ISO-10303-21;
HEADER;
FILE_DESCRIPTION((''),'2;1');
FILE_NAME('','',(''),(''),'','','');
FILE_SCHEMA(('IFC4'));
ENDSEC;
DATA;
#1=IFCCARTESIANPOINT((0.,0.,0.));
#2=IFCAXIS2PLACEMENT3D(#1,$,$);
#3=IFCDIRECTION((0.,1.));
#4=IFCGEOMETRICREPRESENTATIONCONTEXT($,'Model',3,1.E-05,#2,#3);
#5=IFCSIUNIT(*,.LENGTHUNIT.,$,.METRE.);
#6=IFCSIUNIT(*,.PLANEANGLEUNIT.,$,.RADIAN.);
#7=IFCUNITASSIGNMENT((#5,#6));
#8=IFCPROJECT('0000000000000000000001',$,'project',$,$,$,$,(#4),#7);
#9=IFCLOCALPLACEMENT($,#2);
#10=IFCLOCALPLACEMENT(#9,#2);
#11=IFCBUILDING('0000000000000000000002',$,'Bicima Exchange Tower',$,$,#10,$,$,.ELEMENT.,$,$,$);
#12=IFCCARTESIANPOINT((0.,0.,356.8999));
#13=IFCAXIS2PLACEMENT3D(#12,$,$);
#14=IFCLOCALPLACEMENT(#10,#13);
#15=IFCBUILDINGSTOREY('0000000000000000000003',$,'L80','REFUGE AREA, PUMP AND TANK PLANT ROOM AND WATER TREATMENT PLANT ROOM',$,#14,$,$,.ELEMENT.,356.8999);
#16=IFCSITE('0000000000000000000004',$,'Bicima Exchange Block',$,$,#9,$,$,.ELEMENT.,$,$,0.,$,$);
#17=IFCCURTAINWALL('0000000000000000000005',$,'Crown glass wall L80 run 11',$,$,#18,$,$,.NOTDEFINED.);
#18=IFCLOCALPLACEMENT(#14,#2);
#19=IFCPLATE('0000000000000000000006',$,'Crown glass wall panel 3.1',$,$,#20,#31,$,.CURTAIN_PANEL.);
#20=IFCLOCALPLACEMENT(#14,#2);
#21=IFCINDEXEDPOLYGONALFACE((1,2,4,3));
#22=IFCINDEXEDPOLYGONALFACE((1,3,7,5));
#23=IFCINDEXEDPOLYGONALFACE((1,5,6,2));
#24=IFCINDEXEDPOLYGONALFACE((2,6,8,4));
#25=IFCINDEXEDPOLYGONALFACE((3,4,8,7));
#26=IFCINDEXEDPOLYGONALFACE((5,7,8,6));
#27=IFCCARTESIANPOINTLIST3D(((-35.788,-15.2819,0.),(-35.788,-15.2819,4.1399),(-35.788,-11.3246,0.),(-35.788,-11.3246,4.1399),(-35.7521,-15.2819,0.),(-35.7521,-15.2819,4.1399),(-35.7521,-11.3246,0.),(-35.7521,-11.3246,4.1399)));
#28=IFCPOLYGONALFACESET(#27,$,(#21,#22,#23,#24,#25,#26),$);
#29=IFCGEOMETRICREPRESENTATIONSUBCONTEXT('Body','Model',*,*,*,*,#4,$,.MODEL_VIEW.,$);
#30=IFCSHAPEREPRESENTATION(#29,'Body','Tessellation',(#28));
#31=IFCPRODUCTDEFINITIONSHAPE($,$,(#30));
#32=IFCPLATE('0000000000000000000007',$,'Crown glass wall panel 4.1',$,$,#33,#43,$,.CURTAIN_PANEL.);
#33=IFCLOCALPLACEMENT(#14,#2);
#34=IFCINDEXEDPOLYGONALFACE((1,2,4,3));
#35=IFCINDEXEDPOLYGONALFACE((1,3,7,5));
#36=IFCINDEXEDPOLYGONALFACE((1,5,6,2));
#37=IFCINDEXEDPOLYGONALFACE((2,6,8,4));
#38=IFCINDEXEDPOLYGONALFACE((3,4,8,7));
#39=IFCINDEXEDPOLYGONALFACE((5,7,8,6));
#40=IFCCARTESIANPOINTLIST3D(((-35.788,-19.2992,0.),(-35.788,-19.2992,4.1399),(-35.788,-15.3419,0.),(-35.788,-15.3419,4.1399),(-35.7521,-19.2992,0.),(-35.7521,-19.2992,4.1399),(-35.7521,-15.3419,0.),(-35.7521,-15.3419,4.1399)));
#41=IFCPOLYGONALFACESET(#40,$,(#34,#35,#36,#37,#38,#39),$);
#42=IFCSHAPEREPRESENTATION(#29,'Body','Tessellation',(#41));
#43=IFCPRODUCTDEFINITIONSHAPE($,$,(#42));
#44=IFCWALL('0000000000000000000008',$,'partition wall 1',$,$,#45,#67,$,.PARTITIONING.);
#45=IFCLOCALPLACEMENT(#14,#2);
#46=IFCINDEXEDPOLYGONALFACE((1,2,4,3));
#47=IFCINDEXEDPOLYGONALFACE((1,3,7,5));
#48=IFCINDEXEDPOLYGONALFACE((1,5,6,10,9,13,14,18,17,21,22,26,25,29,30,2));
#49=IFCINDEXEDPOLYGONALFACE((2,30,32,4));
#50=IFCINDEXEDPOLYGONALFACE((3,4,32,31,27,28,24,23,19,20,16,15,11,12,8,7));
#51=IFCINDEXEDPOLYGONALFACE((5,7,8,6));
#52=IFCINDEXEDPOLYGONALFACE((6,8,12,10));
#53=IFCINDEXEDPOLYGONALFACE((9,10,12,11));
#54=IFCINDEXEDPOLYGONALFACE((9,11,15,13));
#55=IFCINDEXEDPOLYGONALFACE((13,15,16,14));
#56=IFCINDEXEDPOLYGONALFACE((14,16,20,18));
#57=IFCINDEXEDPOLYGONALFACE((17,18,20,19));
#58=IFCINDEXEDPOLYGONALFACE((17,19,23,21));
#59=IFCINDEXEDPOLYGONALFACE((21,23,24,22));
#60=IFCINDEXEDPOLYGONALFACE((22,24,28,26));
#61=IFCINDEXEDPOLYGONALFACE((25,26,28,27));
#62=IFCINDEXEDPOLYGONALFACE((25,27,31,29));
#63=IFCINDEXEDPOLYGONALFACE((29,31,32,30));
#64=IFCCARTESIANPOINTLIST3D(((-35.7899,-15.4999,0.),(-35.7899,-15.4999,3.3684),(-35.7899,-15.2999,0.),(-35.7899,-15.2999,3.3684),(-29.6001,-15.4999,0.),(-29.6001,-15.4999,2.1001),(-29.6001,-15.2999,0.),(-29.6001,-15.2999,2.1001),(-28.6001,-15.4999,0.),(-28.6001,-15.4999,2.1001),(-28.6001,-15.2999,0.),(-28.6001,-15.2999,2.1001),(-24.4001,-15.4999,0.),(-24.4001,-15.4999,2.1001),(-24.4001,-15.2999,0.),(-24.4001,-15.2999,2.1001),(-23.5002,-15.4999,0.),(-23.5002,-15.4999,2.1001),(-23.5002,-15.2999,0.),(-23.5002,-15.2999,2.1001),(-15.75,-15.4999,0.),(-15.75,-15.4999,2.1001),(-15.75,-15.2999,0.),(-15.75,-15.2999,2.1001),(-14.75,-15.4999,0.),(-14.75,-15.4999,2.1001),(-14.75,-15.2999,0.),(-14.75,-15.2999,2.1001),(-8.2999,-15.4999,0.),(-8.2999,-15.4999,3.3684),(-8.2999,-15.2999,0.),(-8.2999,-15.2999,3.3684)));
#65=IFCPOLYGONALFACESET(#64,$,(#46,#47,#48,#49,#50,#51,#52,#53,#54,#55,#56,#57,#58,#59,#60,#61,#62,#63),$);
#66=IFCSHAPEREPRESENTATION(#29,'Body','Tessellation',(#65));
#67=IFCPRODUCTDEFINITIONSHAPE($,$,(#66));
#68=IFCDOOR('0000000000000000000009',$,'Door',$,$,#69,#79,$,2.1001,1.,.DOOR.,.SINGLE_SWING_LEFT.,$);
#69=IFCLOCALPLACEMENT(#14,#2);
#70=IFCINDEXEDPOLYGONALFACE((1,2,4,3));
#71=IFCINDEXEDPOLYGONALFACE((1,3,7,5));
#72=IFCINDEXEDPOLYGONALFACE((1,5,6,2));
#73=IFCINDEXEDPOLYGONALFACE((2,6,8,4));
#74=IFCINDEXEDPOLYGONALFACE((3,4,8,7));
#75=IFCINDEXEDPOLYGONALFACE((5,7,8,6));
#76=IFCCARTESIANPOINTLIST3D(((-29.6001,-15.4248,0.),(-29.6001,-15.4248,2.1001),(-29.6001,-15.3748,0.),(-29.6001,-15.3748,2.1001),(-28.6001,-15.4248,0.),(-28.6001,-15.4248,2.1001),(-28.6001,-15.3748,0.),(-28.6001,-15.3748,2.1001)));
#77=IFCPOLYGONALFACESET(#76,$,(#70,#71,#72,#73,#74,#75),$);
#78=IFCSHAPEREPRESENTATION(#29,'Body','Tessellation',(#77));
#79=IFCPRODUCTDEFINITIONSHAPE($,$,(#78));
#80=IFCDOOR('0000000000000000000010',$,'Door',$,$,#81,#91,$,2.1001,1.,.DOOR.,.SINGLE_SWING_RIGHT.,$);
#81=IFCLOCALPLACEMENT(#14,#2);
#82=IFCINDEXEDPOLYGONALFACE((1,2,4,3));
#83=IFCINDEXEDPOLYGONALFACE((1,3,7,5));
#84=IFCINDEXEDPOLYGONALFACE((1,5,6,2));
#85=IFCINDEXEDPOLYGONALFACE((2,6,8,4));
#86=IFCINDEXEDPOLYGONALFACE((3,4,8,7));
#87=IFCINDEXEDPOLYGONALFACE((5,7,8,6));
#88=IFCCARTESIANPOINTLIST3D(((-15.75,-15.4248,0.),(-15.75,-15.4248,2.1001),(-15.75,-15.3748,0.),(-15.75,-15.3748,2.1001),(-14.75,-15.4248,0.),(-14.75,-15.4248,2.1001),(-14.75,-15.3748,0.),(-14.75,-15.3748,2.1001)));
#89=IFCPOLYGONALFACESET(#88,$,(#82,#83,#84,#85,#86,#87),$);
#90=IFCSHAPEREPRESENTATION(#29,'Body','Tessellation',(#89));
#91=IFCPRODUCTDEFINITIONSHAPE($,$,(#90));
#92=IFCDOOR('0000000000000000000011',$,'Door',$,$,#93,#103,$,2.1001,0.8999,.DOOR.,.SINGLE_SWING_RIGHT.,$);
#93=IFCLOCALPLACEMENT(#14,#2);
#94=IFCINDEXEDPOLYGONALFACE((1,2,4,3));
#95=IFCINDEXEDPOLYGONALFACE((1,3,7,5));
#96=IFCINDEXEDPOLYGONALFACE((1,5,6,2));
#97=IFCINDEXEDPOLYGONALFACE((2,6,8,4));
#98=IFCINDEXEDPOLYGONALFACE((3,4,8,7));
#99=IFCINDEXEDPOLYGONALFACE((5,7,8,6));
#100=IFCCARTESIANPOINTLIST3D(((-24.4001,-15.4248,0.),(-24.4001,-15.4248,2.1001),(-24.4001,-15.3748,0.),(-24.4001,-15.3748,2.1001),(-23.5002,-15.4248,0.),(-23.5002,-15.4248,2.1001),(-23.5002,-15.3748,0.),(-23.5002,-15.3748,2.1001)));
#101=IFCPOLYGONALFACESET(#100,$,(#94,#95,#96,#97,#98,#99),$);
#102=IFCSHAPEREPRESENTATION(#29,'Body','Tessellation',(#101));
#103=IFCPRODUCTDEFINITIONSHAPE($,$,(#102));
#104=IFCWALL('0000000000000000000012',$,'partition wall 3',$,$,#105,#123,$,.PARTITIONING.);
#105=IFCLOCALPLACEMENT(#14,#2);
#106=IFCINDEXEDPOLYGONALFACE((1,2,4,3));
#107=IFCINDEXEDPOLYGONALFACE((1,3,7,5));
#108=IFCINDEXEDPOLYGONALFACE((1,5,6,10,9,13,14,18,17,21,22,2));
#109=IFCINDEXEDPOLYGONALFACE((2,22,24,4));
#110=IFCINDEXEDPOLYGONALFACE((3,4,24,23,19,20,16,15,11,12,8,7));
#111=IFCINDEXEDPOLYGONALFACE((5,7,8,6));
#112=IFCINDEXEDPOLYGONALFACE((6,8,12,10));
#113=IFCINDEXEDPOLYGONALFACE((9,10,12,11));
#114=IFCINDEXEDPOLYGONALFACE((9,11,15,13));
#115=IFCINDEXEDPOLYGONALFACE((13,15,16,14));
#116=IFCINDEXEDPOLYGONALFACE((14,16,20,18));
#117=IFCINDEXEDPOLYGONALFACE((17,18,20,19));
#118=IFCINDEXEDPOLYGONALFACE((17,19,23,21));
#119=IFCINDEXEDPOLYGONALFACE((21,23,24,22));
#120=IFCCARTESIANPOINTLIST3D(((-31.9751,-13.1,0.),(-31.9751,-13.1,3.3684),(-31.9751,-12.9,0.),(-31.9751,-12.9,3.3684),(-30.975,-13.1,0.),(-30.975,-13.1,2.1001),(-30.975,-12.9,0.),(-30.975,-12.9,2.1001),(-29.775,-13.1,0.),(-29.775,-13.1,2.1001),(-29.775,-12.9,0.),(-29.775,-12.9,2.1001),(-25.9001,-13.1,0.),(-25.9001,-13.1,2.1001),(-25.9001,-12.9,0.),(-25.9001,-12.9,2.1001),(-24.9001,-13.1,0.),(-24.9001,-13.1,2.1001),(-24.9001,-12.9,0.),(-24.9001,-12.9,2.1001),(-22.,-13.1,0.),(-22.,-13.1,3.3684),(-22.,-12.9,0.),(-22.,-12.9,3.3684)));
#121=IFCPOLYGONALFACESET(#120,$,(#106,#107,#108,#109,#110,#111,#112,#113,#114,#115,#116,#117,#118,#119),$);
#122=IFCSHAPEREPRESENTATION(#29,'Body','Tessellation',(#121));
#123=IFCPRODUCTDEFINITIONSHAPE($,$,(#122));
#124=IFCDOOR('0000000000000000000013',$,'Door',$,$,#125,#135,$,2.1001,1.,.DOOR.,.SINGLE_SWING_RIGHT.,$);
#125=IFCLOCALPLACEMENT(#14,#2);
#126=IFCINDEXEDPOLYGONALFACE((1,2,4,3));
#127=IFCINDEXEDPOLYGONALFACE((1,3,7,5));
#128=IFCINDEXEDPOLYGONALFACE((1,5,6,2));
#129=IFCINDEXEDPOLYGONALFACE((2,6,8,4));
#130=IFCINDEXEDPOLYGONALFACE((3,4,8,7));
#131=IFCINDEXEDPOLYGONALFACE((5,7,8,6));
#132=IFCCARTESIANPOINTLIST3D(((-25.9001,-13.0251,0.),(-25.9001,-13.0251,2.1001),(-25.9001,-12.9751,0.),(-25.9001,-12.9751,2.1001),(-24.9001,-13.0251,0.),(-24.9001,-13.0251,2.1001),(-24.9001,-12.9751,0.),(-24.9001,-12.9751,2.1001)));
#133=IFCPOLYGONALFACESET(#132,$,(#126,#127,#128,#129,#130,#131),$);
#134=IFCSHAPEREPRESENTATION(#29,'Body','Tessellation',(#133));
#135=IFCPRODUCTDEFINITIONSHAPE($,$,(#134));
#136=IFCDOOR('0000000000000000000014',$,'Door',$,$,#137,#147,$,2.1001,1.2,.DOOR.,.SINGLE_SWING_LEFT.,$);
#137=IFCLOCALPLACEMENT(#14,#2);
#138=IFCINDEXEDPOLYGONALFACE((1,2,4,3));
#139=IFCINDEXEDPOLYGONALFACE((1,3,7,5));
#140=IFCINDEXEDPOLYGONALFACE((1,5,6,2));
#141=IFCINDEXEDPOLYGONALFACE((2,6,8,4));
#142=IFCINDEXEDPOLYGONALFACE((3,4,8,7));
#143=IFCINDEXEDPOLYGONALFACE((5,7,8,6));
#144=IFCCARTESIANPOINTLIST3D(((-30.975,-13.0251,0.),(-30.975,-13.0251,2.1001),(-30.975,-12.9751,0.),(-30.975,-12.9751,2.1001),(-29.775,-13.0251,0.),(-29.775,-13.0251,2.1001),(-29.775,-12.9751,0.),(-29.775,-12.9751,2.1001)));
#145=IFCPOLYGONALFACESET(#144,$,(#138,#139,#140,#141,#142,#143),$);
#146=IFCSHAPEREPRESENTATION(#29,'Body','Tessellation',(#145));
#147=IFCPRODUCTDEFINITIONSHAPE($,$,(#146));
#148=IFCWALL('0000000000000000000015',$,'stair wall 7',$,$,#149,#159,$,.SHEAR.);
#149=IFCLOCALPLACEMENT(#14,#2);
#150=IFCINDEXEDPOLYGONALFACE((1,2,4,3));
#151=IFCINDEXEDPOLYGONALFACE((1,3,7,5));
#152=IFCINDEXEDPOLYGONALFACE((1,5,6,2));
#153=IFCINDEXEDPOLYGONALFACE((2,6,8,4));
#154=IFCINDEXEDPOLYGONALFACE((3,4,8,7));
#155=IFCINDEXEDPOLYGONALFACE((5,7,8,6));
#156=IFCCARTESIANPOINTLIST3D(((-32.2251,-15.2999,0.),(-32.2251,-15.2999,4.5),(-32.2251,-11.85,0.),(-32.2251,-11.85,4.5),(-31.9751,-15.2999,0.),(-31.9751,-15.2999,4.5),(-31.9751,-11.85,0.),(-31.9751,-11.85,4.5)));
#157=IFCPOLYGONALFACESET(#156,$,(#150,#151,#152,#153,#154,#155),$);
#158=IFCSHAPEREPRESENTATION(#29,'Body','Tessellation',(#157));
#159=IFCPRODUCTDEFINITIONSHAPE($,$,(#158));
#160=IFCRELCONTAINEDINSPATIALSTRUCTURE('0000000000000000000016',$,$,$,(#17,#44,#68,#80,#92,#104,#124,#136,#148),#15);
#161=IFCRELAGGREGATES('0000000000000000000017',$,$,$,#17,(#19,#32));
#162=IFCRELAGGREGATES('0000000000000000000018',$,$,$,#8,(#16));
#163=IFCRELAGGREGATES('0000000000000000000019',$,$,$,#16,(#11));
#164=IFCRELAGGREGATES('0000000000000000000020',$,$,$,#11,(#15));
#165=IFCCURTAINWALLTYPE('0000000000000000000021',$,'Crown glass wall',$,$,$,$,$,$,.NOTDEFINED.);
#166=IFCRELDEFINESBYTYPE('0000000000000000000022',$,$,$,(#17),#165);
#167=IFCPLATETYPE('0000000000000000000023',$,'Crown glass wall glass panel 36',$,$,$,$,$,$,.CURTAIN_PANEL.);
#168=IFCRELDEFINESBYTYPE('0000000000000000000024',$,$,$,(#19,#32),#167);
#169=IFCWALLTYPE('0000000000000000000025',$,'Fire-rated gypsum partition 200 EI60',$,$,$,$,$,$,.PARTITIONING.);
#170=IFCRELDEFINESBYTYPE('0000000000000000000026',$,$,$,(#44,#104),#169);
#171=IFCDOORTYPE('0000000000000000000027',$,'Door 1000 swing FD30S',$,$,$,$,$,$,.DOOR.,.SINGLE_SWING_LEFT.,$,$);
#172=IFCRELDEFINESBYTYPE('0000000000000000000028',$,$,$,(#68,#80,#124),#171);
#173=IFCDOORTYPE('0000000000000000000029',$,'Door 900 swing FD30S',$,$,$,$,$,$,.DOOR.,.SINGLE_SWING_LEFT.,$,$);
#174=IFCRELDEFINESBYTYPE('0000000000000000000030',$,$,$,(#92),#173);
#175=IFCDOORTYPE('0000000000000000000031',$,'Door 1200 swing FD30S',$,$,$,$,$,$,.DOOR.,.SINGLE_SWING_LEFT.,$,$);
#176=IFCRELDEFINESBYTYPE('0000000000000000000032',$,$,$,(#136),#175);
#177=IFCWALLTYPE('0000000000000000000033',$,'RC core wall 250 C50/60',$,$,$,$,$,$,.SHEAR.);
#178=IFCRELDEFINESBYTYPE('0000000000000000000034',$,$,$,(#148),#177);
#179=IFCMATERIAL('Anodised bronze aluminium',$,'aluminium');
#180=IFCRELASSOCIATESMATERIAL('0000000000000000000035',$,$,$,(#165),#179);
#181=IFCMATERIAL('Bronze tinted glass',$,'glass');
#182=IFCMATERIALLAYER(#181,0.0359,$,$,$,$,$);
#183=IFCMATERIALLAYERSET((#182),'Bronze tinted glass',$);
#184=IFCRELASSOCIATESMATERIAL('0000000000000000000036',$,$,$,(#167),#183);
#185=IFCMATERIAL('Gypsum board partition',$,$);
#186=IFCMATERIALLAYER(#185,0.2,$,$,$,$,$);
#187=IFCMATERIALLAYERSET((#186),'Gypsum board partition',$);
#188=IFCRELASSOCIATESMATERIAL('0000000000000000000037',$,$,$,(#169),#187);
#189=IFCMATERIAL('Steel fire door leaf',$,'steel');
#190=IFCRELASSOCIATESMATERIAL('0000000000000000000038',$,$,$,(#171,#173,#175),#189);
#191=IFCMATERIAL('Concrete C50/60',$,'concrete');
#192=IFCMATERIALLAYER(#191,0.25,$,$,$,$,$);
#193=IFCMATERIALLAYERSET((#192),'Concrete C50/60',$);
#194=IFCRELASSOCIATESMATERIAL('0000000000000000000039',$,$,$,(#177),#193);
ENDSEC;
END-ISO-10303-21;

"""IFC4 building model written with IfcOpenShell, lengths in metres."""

from ifc_helpers import new_model, si_unit, direction, frame, frame_2d, origin, origin_2d, place, context, subcontext, project, spatial, rectangle, extrude, material, layer, layer_set, type_object, element, fill, aggregate, save


model = new_model("IFC4")

# Units and contexts
model_context = context("Model", 3, precision=1e-05, world=origin(), true_north=direction((0.0, 1.0)))
body_context = subcontext(model_context, "Body", "Model", "MODEL_VIEW")
ifc_project = project(units=[si_unit("LENGTHUNIT", "METRE"), si_unit("PLANEANGLEUNIT", "RADIAN")], contexts=[model_context])

# Site, building, storey
site_placement = place(None, origin())
site = spatial("IfcSite", under=ifc_project, at=site_placement, Name="Bicima Exchange Block", CompositionType="ELEMENT", RefElevation=0.0)
building_placement = place(site_placement, origin())
building = spatial("IfcBuilding", under=site, at=building_placement, Name="Bicima Exchange Tower", CompositionType="ELEMENT")
storey_placement = place(building_placement, frame((0.0, 0.0, 356.8999)))
storey = spatial("IfcBuildingStorey", under=building, at=storey_placement, Name="L80", Description="REFUGE AREA, PUMP AND TANK PLANT ROOM AND WATER TREATMENT PLANT ROOM", CompositionType="ELEMENT", Elevation=356.8999)

# Curtain wall
ifc_material_1 = material(Name="Anodised bronze aluminium", Category="aluminium")
curtain_wall_type = type_object("IfcCurtainWallType", Name="Crown glass wall", PredefinedType="NOTDEFINED", material=ifc_material_1)
curtain_wall_1_placement = place(storey_placement, origin())
curtain_wall_1 = element("IfcCurtainWall", 1, at=curtain_wall_1_placement, inside=storey, type_object=curtain_wall_type, Name="Crown glass wall L80 run 11", PredefinedType="NOTDEFINED")

# Plates
ifc_material_2 = material(Name="Bronze tinted glass", Category="glass")
ifc_layer_1 = layer(ifc_material_2, 0.0359)
ifc_layer_set_1 = layer_set([ifc_layer_1], Name="Bronze tinted glass")
plate_type = type_object("IfcPlateType", Name="Crown glass wall glass panel 36", PredefinedType="CURTAIN_PANEL", material=ifc_layer_set_1)
plate_1_placement = place(storey_placement, frame((-35.77, -13.3032, 0.0), z_axis=(0.0, 0.0, 1.0), x_axis=(0.0, -1.0, 0.0)))
plate_1 = element("IfcPlate", 2, at=plate_1_placement, type_object=plate_type, Name="Crown glass wall panel 3.1", PredefinedType="CURTAIN_PANEL", context=body_context, shape_type="SweptSolid", body=[
    extrude(rectangle(XDim=3.9573, YDim=0.0359, at=origin_2d()), origin(), (0.0, 0.0, 1.0), 4.1399),
])
plate_2_placement = place(storey_placement, frame((-35.77, -17.3206, 0.0), z_axis=(0.0, 0.0, 1.0), x_axis=(0.0, -1.0, 0.0)))
plate_2 = element("IfcPlate", 3, at=plate_2_placement, type_object=plate_type, Name="Crown glass wall panel 4.1", PredefinedType="CURTAIN_PANEL", context=body_context, shape_type="SweptSolid", body=[
    extrude(rectangle(XDim=3.9573, YDim=0.0359, at=origin_2d()), origin(), (0.0, 0.0, 1.0), 4.1399),
])
aggregate(curtain_wall_1, [plate_1, plate_2])

# Walls, openings, doors
ifc_material_3 = material(Name="Gypsum board partition")
ifc_layer_2 = layer(ifc_material_3, 0.2)
ifc_layer_set_2 = layer_set([ifc_layer_2], Name="Gypsum board partition")
wall_type_1 = type_object("IfcWallType", Name="Fire-rated gypsum partition 200 EI60", PredefinedType="PARTITIONING", material=ifc_layer_set_2)
wall_1_placement = place(storey_placement, frame((-35.79, -15.3999, 0.0), z_axis=(0.0, 0.0, 1.0), x_axis=(1.0, 0.0, 0.0)))
wall_1 = element("IfcWall", 4, at=wall_1_placement, inside=storey, type_object=wall_type_1, Name="partition wall 1", PredefinedType="PARTITIONING", context=body_context, shape_type="SweptSolid", body=[
    extrude(rectangle(XDim=27.49, YDim=0.2, at=frame_2d((13.7451, 0.0))), origin(), (0.0, 0.0, 1.0), 3.3684),
])
opening_1_placement = place(wall_1_placement, frame((6.1899, 0.0, 0.0)))
opening_1 = element("IfcOpeningElement", 5, at=opening_1_placement, cuts=wall_1, PredefinedType="OPENING", context=body_context, shape_type="SweptSolid", body=[
    extrude(rectangle(XDim=1.0, YDim=2.1001, at=frame_2d((0.5, 1.05))), frame((0.0, 0.1118, 0.0), z_axis=(0.0, -1.0, 0.0), x_axis=(1.0, 0.0, 0.0)), (0.0, 0.0, 1.0), 0.2239),
])
opening_2_placement = place(wall_1_placement, frame((11.3899, 0.0, 0.0)))
opening_2 = element("IfcOpeningElement", 6, at=opening_2_placement, cuts=wall_1, PredefinedType="OPENING", context=body_context, shape_type="SweptSolid", body=[
    extrude(rectangle(XDim=0.8999, YDim=2.1001, at=frame_2d((0.45, 1.05))), frame((0.0, 0.1118, 0.0), z_axis=(0.0, -1.0, 0.0), x_axis=(1.0, 0.0, 0.0)), (0.0, 0.0, 1.0), 0.2239),
])
opening_3_placement = place(wall_1_placement, frame((20.04, 0.0, 0.0)))
opening_3 = element("IfcOpeningElement", 7, at=opening_3_placement, cuts=wall_1, PredefinedType="OPENING", context=body_context, shape_type="SweptSolid", body=[
    extrude(rectangle(XDim=1.0, YDim=2.1001, at=frame_2d((0.5, 1.05))), frame((0.0, 0.1118, 0.0), z_axis=(0.0, -1.0, 0.0), x_axis=(1.0, 0.0, 0.0)), (0.0, 0.0, 1.0), 0.2239),
])
ifc_material_4 = material(Name="Steel fire door leaf", Category="steel")
door_type_1 = type_object("IfcDoorType", Name="Door 1000 swing FD30S", OperationType="SINGLE_SWING_LEFT", PredefinedType="DOOR", material=ifc_material_4)
door_1_placement = place(opening_1_placement, frame((1.0, 0.0, 0.0), z_axis=(0.0, 0.0, 1.0), x_axis=(-1.0, 0.0, 0.0)))
door_1 = element("IfcDoor", 8, at=door_1_placement, inside=storey, type_object=door_type_1, Name="Door", OperationType="SINGLE_SWING_LEFT", OverallHeight=2.1001, OverallWidth=1.0, PredefinedType="DOOR", context=body_context, shape_type="SweptSolid", body=[
    extrude(rectangle(XDim=1.0, YDim=2.1001, at=frame_2d((0.5, 1.05))), frame((0.0, 0.0249, 0.0), z_axis=(0.0, -1.0, 0.0), x_axis=(1.0, 0.0, 0.0)), (0.0, 0.0, 1.0), 0.05),
])
fill(opening_1, door_1)
door_2_placement = place(opening_3_placement, frame((1.0, 0.0, 0.0), z_axis=(0.0, 0.0, 1.0), x_axis=(-1.0, 0.0, 0.0)))
door_2 = element("IfcDoor", 9, at=door_2_placement, inside=storey, type_object=door_type_1, Name="Door", OperationType="SINGLE_SWING_RIGHT", OverallHeight=2.1001, OverallWidth=1.0, PredefinedType="DOOR", context=body_context, shape_type="SweptSolid", body=[
    extrude(rectangle(XDim=1.0, YDim=2.1001, at=frame_2d((0.5, 1.05))), frame((0.0, 0.0249, 0.0), z_axis=(0.0, -1.0, 0.0), x_axis=(1.0, 0.0, 0.0)), (0.0, 0.0, 1.0), 0.05),
])
fill(opening_3, door_2)
door_type_2 = type_object("IfcDoorType", Name="Door 900 swing FD30S", OperationType="SINGLE_SWING_LEFT", PredefinedType="DOOR", material=ifc_material_4)
door_3_placement = place(opening_2_placement, frame((0.8999, 0.0, 0.0), z_axis=(0.0, 0.0, 1.0), x_axis=(-1.0, 0.0, 0.0)))
door_3 = element("IfcDoor", 10, at=door_3_placement, inside=storey, type_object=door_type_2, Name="Door", OperationType="SINGLE_SWING_RIGHT", OverallHeight=2.1001, OverallWidth=0.8999, PredefinedType="DOOR", context=body_context, shape_type="SweptSolid", body=[
    extrude(rectangle(XDim=0.8999, YDim=2.1001, at=frame_2d((0.45, 1.05))), frame((0.0, 0.0249, 0.0), z_axis=(0.0, -1.0, 0.0), x_axis=(1.0, 0.0, 0.0)), (0.0, 0.0, 1.0), 0.05),
])
fill(opening_2, door_3)
wall_2_placement = place(storey_placement, frame((-31.9751, -13.0, 0.0), z_axis=(0.0, 0.0, 1.0), x_axis=(1.0, 0.0, 0.0)))
wall_2 = element("IfcWall", 11, at=wall_2_placement, inside=storey, type_object=wall_type_1, Name="partition wall 3", PredefinedType="PARTITIONING", context=body_context, shape_type="SweptSolid", body=[
    extrude(rectangle(XDim=9.9751, YDim=0.2, at=frame_2d((4.9875, 0.0))), origin(), (0.0, 0.0, 1.0), 3.3684),
])
opening_4_placement = place(wall_2_placement, frame((1.0, 0.0, 0.0)))
opening_4 = element("IfcOpeningElement", 12, at=opening_4_placement, cuts=wall_2, PredefinedType="OPENING", context=body_context, shape_type="SweptSolid", body=[
    extrude(rectangle(XDim=1.2, YDim=2.1001, at=frame_2d((0.6001, 1.05))), frame((0.0, 0.1118, 0.0), z_axis=(0.0, -1.0, 0.0), x_axis=(1.0, 0.0, 0.0)), (0.0, 0.0, 1.0), 0.2239),
])
opening_5_placement = place(wall_2_placement, frame((6.075, 0.0, 0.0)))
opening_5 = element("IfcOpeningElement", 13, at=opening_5_placement, cuts=wall_2, PredefinedType="OPENING", context=body_context, shape_type="SweptSolid", body=[
    extrude(rectangle(XDim=1.0, YDim=2.1001, at=frame_2d((0.5, 1.05))), frame((0.0, 0.1118, 0.0), z_axis=(0.0, -1.0, 0.0), x_axis=(1.0, 0.0, 0.0)), (0.0, 0.0, 1.0), 0.2239),
])
door_4_placement = place(opening_5_placement, origin())
door_4 = element("IfcDoor", 14, at=door_4_placement, inside=storey, type_object=door_type_1, Name="Door", OperationType="SINGLE_SWING_RIGHT", OverallHeight=2.1001, OverallWidth=1.0, PredefinedType="DOOR", context=body_context, shape_type="SweptSolid", body=[
    extrude(rectangle(XDim=1.0, YDim=2.1001, at=frame_2d((0.5, 1.05))), frame((0.0, 0.0249, 0.0), z_axis=(0.0, -1.0, 0.0), x_axis=(1.0, 0.0, 0.0)), (0.0, 0.0, 1.0), 0.05),
])
fill(opening_5, door_4)
door_type_3 = type_object("IfcDoorType", Name="Door 1200 swing FD30S", OperationType="SINGLE_SWING_LEFT", PredefinedType="DOOR", material=ifc_material_4)
door_5_placement = place(opening_4_placement, origin())
door_5 = element("IfcDoor", 15, at=door_5_placement, inside=storey, type_object=door_type_3, Name="Door", OperationType="SINGLE_SWING_LEFT", OverallHeight=2.1001, OverallWidth=1.2, PredefinedType="DOOR", context=body_context, shape_type="SweptSolid", body=[
    extrude(rectangle(XDim=1.2, YDim=2.1001, at=frame_2d((0.6001, 1.05))), frame((0.0, 0.0249, 0.0), z_axis=(0.0, -1.0, 0.0), x_axis=(1.0, 0.0, 0.0)), (0.0, 0.0, 1.0), 0.05),
])
fill(opening_4, door_5)

# Wall
ifc_material_5 = material(Name="Concrete C50/60", Category="concrete")
ifc_layer_3 = layer(ifc_material_5, 0.25)
ifc_layer_set_3 = layer_set([ifc_layer_3], Name="Concrete C50/60")
wall_type_2 = type_object("IfcWallType", Name="RC core wall 250 C50/60", PredefinedType="SHEAR", material=ifc_layer_set_3)
wall_3_placement = place(storey_placement, frame((-32.1001, -15.3, 0.0), z_axis=(0.0, 0.0, 1.0), x_axis=(0.0, 1.0, 0.0)))
element("IfcWall", 16, at=wall_3_placement, inside=storey, type_object=wall_type_2, Name="stair wall 7", PredefinedType="SHEAR", context=body_context, shape_type="SweptSolid", body=[
    extrude(rectangle(XDim=3.45, YDim=0.25, at=frame_2d((1.7251, 0.0))), origin(), (0.0, 0.0, 1.0), 4.5),
])

save(model, "model.ifc")
